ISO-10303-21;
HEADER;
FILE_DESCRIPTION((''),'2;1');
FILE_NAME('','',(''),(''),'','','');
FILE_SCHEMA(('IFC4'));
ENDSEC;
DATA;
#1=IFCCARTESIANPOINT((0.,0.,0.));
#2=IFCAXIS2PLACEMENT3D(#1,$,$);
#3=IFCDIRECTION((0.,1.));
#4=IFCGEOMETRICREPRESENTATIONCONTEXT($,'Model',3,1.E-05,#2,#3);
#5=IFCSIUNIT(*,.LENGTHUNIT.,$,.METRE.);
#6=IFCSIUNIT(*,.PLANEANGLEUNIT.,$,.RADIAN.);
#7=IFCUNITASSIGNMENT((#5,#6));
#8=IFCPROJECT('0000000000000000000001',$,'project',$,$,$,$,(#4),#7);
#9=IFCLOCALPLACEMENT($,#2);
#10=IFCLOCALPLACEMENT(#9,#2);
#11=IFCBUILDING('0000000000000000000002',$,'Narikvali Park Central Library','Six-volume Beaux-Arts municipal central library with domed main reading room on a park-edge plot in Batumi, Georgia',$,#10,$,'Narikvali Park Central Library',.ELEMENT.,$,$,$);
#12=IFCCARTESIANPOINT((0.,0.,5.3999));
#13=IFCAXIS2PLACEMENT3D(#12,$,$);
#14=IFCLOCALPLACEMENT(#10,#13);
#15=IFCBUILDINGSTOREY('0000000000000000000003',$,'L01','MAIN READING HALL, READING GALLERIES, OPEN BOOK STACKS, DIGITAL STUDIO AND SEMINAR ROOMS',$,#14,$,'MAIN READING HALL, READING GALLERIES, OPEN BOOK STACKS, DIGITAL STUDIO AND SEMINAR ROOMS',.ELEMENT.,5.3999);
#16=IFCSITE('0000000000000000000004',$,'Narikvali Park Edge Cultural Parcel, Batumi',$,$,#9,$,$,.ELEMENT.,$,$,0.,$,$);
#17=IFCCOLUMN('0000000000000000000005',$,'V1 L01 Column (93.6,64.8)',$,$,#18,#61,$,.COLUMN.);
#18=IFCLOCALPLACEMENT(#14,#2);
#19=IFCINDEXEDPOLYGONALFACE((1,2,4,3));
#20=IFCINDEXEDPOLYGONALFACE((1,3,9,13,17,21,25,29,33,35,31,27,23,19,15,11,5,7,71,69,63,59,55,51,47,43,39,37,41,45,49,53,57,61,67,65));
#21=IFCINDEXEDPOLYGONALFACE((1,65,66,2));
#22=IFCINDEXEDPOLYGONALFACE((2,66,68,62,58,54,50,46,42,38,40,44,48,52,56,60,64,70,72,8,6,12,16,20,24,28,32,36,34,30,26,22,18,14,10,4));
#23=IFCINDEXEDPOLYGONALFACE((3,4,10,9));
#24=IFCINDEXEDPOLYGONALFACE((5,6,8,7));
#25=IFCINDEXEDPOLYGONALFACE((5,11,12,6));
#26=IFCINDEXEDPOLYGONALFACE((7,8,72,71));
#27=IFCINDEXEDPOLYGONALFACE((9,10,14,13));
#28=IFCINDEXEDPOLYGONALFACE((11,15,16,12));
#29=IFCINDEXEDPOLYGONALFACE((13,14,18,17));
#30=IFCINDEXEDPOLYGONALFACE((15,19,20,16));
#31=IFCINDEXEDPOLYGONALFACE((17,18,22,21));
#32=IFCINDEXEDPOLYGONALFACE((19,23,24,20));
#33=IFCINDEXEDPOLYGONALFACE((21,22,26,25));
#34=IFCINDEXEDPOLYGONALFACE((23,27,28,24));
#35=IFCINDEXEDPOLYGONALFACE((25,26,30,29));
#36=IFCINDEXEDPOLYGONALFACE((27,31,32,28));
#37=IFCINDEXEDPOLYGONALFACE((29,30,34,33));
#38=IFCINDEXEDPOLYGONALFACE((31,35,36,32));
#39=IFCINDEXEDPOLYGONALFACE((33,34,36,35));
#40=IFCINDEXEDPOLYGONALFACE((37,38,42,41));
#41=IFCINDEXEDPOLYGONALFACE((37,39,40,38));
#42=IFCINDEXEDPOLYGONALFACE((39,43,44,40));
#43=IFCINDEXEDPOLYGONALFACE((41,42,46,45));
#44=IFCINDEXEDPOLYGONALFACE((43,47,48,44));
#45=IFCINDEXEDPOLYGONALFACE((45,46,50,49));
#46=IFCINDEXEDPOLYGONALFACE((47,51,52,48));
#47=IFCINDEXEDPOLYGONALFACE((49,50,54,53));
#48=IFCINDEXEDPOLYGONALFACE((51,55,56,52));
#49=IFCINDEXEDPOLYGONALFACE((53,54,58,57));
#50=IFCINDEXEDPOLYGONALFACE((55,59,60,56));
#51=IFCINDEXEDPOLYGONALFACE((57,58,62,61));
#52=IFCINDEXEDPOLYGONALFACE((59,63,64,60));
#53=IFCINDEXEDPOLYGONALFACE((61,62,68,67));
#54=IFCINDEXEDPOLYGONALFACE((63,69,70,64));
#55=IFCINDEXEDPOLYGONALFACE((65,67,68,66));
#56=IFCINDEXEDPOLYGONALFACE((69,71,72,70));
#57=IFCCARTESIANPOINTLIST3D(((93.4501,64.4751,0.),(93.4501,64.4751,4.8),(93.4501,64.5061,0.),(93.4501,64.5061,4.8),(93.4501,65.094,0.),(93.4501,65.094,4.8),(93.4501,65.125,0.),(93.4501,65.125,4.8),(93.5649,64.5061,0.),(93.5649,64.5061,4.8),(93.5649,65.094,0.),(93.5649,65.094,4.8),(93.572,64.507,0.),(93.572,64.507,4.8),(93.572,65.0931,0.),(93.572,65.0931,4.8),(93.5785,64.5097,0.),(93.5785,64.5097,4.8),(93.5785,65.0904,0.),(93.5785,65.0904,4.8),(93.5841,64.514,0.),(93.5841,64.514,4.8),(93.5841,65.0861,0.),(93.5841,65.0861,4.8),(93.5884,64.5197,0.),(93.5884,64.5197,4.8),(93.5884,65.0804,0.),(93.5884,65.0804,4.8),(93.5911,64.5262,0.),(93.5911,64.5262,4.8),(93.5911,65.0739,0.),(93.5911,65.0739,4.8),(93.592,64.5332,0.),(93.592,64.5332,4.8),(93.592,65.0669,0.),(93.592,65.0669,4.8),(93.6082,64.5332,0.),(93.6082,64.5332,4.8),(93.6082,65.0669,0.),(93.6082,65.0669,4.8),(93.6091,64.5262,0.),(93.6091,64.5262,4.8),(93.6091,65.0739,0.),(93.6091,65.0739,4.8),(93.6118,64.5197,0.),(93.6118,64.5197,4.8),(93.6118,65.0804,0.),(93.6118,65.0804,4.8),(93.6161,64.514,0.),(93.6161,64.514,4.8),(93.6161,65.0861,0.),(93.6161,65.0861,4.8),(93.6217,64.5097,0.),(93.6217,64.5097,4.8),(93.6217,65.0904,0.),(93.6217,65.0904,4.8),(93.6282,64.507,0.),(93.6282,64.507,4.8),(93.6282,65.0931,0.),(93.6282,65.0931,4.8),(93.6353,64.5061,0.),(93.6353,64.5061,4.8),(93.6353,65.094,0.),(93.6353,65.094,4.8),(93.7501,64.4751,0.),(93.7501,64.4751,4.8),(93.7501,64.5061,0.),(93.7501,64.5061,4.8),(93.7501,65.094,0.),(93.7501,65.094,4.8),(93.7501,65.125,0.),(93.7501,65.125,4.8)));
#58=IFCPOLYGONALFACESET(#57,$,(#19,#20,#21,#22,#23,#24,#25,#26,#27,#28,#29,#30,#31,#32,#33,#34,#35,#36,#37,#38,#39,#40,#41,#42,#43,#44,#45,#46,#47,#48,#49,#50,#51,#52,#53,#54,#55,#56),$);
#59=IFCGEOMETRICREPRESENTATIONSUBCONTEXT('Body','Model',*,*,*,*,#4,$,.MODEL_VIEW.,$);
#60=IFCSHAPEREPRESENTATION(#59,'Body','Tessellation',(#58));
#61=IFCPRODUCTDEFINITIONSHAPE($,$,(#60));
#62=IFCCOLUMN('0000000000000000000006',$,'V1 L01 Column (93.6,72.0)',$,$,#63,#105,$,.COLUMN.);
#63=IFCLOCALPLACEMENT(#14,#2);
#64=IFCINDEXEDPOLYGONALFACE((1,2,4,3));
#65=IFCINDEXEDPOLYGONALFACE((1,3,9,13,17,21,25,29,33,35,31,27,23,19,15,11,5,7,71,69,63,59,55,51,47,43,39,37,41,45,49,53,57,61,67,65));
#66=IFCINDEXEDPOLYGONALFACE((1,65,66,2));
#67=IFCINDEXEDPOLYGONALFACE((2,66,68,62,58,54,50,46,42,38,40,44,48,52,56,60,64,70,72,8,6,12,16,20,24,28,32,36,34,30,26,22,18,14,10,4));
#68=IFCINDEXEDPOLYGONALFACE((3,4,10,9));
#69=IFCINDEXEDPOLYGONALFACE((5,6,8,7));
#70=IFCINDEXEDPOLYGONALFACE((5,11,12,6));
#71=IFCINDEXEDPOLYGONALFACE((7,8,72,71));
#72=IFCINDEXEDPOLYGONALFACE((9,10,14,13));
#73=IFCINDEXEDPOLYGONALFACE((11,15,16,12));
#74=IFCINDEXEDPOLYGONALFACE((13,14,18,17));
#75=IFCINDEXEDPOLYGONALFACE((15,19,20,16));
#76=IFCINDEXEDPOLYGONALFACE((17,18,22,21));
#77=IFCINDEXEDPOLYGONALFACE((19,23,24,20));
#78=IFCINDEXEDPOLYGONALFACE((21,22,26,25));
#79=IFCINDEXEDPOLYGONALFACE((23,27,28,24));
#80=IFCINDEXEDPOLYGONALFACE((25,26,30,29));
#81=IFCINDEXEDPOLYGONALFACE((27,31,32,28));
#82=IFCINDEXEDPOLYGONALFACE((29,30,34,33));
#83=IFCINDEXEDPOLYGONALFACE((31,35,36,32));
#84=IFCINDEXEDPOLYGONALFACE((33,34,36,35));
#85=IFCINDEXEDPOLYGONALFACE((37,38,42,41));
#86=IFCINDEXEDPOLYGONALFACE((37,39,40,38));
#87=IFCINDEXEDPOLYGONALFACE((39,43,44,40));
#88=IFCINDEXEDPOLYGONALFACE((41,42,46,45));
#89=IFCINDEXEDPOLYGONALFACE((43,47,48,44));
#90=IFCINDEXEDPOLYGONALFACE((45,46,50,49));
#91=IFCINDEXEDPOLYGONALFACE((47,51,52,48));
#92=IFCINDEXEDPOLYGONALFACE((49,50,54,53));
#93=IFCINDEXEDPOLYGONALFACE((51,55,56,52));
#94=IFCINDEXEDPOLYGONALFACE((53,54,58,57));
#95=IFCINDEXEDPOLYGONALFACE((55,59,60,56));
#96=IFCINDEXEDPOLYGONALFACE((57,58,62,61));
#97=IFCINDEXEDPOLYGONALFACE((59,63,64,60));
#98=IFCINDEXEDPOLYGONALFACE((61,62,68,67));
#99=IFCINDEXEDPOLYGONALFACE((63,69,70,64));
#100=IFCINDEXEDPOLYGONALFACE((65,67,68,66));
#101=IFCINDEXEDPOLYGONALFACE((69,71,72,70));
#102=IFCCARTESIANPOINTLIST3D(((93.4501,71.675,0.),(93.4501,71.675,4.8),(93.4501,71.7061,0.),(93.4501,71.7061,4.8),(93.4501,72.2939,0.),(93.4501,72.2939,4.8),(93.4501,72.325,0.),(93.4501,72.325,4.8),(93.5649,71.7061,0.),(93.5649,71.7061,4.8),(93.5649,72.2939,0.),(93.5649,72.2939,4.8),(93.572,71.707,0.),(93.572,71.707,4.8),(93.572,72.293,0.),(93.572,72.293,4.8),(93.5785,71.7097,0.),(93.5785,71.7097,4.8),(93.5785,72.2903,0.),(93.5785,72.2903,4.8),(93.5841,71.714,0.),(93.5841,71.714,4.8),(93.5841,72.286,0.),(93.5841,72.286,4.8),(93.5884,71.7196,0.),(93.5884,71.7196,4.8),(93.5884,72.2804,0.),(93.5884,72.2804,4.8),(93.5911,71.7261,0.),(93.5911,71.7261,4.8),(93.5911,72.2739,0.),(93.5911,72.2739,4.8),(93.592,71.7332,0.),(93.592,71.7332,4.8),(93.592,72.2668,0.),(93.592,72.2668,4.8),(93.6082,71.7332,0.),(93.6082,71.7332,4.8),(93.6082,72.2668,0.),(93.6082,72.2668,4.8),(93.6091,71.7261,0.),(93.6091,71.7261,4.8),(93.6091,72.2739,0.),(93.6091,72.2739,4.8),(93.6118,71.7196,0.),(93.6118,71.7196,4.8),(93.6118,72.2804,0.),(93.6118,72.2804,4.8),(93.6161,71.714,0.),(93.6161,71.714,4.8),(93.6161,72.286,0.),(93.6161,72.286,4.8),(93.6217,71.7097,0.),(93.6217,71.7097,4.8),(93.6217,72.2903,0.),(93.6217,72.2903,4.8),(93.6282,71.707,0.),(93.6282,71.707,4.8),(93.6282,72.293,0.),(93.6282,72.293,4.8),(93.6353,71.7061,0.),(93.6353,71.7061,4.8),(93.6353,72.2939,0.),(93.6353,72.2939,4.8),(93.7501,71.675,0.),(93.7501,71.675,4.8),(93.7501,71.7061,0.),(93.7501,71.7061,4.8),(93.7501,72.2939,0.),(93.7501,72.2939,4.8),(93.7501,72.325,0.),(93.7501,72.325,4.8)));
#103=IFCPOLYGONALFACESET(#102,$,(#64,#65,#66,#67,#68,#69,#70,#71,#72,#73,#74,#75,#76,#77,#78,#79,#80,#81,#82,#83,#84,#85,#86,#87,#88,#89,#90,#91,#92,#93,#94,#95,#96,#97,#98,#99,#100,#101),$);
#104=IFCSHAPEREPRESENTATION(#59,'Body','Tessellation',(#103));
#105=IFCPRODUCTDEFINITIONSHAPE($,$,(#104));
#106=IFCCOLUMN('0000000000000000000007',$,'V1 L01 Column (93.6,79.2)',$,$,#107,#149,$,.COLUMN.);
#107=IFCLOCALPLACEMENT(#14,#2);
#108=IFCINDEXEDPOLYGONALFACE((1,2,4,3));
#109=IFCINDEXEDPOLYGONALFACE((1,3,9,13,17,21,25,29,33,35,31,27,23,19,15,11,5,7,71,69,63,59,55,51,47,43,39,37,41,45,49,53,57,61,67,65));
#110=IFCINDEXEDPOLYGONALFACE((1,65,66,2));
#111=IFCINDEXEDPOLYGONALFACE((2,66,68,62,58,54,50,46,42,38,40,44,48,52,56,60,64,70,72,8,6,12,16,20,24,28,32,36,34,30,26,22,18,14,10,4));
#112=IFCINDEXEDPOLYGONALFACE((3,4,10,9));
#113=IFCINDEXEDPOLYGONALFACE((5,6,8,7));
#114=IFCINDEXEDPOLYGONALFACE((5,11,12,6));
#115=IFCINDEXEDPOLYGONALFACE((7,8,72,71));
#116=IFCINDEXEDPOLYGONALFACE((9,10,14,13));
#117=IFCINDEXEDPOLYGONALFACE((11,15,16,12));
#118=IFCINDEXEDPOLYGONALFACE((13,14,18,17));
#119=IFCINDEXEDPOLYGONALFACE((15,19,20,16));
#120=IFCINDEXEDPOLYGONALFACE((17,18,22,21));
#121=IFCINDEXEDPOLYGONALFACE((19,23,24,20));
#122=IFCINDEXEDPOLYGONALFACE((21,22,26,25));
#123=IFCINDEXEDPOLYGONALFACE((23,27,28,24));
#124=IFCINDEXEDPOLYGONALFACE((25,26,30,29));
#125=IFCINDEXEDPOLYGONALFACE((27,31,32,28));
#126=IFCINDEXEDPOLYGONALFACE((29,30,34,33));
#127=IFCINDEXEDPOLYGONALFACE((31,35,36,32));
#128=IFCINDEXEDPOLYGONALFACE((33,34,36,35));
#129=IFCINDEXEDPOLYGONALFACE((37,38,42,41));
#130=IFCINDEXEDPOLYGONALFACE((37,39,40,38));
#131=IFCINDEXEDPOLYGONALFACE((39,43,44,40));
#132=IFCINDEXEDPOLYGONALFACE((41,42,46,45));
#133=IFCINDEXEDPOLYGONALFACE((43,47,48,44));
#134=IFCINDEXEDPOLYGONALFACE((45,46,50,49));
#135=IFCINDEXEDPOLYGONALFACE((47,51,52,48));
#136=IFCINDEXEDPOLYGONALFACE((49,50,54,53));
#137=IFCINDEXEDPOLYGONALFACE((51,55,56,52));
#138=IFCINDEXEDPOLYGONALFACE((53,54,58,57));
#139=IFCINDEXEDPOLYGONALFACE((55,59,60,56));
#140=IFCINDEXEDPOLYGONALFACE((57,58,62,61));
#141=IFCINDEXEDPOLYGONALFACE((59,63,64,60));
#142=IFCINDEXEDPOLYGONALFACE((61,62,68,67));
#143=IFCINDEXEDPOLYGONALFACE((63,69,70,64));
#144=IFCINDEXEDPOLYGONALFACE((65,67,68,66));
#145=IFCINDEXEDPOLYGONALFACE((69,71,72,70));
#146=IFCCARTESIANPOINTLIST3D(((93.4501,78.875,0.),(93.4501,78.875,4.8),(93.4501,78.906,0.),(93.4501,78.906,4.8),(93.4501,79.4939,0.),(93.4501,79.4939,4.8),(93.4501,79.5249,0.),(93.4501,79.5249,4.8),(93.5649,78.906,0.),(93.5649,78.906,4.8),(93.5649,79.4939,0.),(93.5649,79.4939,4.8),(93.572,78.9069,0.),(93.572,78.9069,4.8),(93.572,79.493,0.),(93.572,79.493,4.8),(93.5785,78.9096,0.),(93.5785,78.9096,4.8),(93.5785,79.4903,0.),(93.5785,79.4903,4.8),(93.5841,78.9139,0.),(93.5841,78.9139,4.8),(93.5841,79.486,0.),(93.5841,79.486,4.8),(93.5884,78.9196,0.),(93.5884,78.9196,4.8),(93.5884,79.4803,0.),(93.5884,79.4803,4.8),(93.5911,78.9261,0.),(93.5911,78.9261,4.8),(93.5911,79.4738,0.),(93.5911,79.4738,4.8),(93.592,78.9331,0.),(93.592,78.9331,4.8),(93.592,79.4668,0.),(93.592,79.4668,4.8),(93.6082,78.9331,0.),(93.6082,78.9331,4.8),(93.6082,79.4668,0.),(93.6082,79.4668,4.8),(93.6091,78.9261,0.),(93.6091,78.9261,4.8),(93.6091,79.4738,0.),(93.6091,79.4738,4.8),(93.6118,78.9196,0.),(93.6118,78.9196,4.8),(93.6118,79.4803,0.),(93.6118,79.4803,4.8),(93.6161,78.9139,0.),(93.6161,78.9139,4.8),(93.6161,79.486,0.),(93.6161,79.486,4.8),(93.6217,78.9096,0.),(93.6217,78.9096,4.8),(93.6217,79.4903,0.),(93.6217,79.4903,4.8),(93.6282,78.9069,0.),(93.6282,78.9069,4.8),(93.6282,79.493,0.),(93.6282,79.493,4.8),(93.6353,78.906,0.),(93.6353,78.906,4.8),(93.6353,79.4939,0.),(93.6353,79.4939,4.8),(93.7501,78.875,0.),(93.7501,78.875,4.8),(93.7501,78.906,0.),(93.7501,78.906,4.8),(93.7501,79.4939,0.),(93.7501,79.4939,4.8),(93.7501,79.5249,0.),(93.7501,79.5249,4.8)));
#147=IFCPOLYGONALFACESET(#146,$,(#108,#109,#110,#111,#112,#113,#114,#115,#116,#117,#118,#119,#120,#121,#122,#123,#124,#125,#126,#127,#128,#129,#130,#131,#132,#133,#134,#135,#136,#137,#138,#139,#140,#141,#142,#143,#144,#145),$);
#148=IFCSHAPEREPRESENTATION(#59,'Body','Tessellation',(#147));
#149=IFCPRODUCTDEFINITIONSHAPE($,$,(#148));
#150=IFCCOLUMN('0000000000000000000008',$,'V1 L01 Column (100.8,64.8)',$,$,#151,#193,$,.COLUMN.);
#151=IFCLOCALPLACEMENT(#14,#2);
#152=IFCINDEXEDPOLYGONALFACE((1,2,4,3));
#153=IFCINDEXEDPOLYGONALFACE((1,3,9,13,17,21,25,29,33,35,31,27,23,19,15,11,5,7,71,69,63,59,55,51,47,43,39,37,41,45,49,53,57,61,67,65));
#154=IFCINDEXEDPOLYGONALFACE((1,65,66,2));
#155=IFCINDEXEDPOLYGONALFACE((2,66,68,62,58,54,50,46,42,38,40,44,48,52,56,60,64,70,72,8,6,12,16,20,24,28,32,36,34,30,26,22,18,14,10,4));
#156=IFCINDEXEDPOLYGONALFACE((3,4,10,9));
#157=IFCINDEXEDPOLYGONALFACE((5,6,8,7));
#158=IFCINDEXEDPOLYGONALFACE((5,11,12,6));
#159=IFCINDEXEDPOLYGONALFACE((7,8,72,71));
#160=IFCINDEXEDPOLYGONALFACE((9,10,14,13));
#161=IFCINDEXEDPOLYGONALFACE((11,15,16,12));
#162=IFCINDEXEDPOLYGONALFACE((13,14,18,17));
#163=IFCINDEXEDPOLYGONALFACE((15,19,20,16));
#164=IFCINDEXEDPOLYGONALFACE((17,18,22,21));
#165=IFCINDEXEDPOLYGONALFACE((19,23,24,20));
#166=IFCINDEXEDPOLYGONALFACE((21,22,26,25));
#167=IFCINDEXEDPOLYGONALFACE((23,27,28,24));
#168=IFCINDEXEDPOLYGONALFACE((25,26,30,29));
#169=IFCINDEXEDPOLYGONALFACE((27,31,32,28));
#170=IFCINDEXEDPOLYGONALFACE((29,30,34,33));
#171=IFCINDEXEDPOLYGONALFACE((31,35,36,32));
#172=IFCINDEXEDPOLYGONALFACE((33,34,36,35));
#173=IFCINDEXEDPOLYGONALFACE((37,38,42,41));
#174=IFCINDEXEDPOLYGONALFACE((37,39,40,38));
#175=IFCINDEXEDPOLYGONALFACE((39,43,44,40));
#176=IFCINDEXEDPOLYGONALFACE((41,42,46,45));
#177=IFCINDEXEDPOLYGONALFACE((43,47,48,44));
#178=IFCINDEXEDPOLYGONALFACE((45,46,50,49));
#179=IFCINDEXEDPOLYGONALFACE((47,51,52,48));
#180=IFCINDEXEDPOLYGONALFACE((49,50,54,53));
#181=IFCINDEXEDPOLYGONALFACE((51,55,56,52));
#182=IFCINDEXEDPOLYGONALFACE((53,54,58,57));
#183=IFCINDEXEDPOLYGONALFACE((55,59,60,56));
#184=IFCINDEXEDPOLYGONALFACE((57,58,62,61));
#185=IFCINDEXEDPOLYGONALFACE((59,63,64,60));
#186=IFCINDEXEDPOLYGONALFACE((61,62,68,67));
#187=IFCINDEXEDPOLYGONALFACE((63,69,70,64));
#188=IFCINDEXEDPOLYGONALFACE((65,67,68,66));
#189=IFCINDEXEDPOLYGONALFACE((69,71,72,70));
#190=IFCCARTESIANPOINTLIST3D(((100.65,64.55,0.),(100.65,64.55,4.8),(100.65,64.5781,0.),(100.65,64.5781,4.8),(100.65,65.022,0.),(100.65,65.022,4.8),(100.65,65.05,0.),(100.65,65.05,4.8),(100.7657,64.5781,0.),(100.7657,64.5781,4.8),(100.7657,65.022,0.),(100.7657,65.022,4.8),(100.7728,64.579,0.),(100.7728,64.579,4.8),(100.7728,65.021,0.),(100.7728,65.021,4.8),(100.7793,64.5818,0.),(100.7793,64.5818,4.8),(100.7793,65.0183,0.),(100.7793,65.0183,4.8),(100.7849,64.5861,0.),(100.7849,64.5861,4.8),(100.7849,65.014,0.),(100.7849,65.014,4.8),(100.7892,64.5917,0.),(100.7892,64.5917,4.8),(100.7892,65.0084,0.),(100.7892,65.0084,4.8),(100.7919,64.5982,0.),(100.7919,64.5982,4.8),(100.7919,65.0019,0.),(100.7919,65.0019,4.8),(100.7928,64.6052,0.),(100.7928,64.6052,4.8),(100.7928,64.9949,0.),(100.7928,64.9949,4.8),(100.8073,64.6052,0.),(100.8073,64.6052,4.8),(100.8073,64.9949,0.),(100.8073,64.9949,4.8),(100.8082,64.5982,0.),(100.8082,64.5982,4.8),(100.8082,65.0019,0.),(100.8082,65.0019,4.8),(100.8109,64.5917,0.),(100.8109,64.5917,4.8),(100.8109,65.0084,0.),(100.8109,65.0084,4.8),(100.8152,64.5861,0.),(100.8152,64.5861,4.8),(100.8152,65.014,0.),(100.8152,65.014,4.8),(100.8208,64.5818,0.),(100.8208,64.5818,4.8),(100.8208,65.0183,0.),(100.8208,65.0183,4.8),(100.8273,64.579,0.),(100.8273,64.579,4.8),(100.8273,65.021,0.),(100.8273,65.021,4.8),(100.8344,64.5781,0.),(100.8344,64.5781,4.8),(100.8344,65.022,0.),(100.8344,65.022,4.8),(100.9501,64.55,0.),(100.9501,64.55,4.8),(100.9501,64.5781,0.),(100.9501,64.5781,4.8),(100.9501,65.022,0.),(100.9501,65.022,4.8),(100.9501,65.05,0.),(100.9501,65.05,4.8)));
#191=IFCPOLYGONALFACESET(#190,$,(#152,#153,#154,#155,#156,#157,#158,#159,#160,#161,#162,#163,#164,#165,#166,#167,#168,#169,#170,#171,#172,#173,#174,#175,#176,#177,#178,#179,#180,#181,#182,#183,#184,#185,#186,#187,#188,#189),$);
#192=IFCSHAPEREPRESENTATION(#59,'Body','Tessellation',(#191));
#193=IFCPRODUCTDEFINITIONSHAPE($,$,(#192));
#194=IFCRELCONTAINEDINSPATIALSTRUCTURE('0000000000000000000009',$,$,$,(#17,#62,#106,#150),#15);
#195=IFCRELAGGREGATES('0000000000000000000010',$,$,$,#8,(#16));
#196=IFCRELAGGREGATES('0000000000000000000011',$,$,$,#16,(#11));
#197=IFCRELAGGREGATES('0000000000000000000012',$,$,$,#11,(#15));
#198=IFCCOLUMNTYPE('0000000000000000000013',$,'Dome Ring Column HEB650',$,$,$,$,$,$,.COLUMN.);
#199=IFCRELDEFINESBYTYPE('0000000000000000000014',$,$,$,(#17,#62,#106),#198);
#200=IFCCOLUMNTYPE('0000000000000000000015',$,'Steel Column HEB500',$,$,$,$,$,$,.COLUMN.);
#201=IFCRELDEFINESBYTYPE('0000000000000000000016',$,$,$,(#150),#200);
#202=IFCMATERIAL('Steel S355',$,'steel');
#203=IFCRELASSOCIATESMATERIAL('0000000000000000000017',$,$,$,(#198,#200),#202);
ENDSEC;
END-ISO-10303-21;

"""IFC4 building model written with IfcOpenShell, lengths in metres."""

from ifc_helpers import new_model, si_unit, direction, frame, origin, origin_2d, place, context, subcontext, project, spatial, i_section, extrude, material, material_profile, profile_set, type_object, element, save


model = new_model("IFC4")

# Units and contexts
model_context = context("Model", 3, precision=1e-05, world=origin(), true_north=direction((0.0, 1.0)))
body_context = subcontext(model_context, "Body", "Model", "MODEL_VIEW")
ifc_project = project(units=[si_unit("LENGTHUNIT", "METRE"), si_unit("PLANEANGLEUNIT", "RADIAN")], contexts=[model_context])

# Site, building, storey
site_placement = place(None, origin())
site = spatial("IfcSite", under=ifc_project, at=site_placement, Name="Narikvali Park Edge Cultural Parcel, Batumi", CompositionType="ELEMENT", RefElevation=0.0)
building_placement = place(site_placement, origin())
building = spatial("IfcBuilding", under=site, at=building_placement, Name="Narikvali Park Central Library", Description="Six-volume Beaux-Arts municipal central library with domed main reading room on a park-edge plot in Batumi, Georgia", LongName="Narikvali Park Central Library", CompositionType="ELEMENT")
storey_placement = place(building_placement, frame((0.0, 0.0, 5.3999)))
storey = spatial("IfcBuildingStorey", under=building, at=storey_placement, Name="L01", Description="MAIN READING HALL, READING GALLERIES, OPEN BOOK STACKS, DIGITAL STUDIO AND SEMINAR ROOMS", LongName="MAIN READING HALL, READING GALLERIES, OPEN BOOK STACKS, DIGITAL STUDIO AND SEMINAR ROOMS", CompositionType="ELEMENT", Elevation=5.3999)

# Columns
ifc_material_1 = material(Name="Steel S355", Category="steel")
ifc_material_profile_1 = material_profile(ifc_material_1, i_section(OverallWidth=0.3, OverallDepth=0.6499, WebThickness=0.0161, FlangeThickness=0.031, FilletRadius=0.0271, at=origin_2d()), Name="HEB 650")
ifc_profile_set_1 = profile_set([ifc_material_profile_1], Name="Steel S355")
column_type_1 = type_object("IfcColumnType", Name="Dome Ring Column HEB650", PredefinedType="COLUMN", material=ifc_profile_set_1)
for number, where, z_axis, x_axis, name in (
    (1, (93.6001, 64.8, 0.0), (0.0, 0.0, 1.0), (1.0, 0.0, 0.0), "V1 L01 Column (93.6,64.8)"),
    (2, (93.6001, 72.0, 0.0), (0.0, 0.0, 1.0), (1.0, 0.0, 0.0), "V1 L01 Column (93.6,72.0)"),
    (3, (93.6001, 79.2, 0.0), (0.0, 0.0, 1.0), (1.0, 0.0, 0.0), "V1 L01 Column (93.6,79.2)"),
):
    element("IfcColumn", number, at=place(storey_placement, frame(where, z_axis=z_axis, x_axis=x_axis)), inside=storey, type_object=column_type_1, Name=name, PredefinedType="COLUMN", context=body_context, shape_type="SweptSolid", body=[
        extrude(i_section(OverallWidth=0.3, OverallDepth=0.6499, WebThickness=0.0161, FlangeThickness=0.031, FilletRadius=0.0271, at=origin_2d()), origin(), (0.0, 0.0, 1.0), 4.8),
    ])
ifc_material_profile_2 = material_profile(ifc_material_1, i_section(OverallWidth=0.3, OverallDepth=0.5, WebThickness=0.0144, FlangeThickness=0.0281, FilletRadius=0.0271, at=origin_2d()), Name="HEB 500")
ifc_profile_set_2 = profile_set([ifc_material_profile_2], Name="Steel S355")
column_type_2 = type_object("IfcColumnType", Name="Steel Column HEB500", PredefinedType="COLUMN", material=ifc_profile_set_2)
for number, where, z_axis, x_axis, name in (
    (4, (100.8, 64.8, 0.0), (0.0, 0.0, 1.0), (1.0, 0.0, 0.0), "V1 L01 Column (100.8,64.8)"),
):
    element("IfcColumn", number, at=place(storey_placement, frame(where, z_axis=z_axis, x_axis=x_axis)), inside=storey, type_object=column_type_2, Name=name, PredefinedType="COLUMN", context=body_context, shape_type="SweptSolid", body=[
        extrude(i_section(OverallWidth=0.3, OverallDepth=0.5, WebThickness=0.0144, FlangeThickness=0.0281, FilletRadius=0.0271, at=origin_2d()), origin(), (0.0, 0.0, 1.0), 4.8),
    ])

save(model, "model.ifc")
